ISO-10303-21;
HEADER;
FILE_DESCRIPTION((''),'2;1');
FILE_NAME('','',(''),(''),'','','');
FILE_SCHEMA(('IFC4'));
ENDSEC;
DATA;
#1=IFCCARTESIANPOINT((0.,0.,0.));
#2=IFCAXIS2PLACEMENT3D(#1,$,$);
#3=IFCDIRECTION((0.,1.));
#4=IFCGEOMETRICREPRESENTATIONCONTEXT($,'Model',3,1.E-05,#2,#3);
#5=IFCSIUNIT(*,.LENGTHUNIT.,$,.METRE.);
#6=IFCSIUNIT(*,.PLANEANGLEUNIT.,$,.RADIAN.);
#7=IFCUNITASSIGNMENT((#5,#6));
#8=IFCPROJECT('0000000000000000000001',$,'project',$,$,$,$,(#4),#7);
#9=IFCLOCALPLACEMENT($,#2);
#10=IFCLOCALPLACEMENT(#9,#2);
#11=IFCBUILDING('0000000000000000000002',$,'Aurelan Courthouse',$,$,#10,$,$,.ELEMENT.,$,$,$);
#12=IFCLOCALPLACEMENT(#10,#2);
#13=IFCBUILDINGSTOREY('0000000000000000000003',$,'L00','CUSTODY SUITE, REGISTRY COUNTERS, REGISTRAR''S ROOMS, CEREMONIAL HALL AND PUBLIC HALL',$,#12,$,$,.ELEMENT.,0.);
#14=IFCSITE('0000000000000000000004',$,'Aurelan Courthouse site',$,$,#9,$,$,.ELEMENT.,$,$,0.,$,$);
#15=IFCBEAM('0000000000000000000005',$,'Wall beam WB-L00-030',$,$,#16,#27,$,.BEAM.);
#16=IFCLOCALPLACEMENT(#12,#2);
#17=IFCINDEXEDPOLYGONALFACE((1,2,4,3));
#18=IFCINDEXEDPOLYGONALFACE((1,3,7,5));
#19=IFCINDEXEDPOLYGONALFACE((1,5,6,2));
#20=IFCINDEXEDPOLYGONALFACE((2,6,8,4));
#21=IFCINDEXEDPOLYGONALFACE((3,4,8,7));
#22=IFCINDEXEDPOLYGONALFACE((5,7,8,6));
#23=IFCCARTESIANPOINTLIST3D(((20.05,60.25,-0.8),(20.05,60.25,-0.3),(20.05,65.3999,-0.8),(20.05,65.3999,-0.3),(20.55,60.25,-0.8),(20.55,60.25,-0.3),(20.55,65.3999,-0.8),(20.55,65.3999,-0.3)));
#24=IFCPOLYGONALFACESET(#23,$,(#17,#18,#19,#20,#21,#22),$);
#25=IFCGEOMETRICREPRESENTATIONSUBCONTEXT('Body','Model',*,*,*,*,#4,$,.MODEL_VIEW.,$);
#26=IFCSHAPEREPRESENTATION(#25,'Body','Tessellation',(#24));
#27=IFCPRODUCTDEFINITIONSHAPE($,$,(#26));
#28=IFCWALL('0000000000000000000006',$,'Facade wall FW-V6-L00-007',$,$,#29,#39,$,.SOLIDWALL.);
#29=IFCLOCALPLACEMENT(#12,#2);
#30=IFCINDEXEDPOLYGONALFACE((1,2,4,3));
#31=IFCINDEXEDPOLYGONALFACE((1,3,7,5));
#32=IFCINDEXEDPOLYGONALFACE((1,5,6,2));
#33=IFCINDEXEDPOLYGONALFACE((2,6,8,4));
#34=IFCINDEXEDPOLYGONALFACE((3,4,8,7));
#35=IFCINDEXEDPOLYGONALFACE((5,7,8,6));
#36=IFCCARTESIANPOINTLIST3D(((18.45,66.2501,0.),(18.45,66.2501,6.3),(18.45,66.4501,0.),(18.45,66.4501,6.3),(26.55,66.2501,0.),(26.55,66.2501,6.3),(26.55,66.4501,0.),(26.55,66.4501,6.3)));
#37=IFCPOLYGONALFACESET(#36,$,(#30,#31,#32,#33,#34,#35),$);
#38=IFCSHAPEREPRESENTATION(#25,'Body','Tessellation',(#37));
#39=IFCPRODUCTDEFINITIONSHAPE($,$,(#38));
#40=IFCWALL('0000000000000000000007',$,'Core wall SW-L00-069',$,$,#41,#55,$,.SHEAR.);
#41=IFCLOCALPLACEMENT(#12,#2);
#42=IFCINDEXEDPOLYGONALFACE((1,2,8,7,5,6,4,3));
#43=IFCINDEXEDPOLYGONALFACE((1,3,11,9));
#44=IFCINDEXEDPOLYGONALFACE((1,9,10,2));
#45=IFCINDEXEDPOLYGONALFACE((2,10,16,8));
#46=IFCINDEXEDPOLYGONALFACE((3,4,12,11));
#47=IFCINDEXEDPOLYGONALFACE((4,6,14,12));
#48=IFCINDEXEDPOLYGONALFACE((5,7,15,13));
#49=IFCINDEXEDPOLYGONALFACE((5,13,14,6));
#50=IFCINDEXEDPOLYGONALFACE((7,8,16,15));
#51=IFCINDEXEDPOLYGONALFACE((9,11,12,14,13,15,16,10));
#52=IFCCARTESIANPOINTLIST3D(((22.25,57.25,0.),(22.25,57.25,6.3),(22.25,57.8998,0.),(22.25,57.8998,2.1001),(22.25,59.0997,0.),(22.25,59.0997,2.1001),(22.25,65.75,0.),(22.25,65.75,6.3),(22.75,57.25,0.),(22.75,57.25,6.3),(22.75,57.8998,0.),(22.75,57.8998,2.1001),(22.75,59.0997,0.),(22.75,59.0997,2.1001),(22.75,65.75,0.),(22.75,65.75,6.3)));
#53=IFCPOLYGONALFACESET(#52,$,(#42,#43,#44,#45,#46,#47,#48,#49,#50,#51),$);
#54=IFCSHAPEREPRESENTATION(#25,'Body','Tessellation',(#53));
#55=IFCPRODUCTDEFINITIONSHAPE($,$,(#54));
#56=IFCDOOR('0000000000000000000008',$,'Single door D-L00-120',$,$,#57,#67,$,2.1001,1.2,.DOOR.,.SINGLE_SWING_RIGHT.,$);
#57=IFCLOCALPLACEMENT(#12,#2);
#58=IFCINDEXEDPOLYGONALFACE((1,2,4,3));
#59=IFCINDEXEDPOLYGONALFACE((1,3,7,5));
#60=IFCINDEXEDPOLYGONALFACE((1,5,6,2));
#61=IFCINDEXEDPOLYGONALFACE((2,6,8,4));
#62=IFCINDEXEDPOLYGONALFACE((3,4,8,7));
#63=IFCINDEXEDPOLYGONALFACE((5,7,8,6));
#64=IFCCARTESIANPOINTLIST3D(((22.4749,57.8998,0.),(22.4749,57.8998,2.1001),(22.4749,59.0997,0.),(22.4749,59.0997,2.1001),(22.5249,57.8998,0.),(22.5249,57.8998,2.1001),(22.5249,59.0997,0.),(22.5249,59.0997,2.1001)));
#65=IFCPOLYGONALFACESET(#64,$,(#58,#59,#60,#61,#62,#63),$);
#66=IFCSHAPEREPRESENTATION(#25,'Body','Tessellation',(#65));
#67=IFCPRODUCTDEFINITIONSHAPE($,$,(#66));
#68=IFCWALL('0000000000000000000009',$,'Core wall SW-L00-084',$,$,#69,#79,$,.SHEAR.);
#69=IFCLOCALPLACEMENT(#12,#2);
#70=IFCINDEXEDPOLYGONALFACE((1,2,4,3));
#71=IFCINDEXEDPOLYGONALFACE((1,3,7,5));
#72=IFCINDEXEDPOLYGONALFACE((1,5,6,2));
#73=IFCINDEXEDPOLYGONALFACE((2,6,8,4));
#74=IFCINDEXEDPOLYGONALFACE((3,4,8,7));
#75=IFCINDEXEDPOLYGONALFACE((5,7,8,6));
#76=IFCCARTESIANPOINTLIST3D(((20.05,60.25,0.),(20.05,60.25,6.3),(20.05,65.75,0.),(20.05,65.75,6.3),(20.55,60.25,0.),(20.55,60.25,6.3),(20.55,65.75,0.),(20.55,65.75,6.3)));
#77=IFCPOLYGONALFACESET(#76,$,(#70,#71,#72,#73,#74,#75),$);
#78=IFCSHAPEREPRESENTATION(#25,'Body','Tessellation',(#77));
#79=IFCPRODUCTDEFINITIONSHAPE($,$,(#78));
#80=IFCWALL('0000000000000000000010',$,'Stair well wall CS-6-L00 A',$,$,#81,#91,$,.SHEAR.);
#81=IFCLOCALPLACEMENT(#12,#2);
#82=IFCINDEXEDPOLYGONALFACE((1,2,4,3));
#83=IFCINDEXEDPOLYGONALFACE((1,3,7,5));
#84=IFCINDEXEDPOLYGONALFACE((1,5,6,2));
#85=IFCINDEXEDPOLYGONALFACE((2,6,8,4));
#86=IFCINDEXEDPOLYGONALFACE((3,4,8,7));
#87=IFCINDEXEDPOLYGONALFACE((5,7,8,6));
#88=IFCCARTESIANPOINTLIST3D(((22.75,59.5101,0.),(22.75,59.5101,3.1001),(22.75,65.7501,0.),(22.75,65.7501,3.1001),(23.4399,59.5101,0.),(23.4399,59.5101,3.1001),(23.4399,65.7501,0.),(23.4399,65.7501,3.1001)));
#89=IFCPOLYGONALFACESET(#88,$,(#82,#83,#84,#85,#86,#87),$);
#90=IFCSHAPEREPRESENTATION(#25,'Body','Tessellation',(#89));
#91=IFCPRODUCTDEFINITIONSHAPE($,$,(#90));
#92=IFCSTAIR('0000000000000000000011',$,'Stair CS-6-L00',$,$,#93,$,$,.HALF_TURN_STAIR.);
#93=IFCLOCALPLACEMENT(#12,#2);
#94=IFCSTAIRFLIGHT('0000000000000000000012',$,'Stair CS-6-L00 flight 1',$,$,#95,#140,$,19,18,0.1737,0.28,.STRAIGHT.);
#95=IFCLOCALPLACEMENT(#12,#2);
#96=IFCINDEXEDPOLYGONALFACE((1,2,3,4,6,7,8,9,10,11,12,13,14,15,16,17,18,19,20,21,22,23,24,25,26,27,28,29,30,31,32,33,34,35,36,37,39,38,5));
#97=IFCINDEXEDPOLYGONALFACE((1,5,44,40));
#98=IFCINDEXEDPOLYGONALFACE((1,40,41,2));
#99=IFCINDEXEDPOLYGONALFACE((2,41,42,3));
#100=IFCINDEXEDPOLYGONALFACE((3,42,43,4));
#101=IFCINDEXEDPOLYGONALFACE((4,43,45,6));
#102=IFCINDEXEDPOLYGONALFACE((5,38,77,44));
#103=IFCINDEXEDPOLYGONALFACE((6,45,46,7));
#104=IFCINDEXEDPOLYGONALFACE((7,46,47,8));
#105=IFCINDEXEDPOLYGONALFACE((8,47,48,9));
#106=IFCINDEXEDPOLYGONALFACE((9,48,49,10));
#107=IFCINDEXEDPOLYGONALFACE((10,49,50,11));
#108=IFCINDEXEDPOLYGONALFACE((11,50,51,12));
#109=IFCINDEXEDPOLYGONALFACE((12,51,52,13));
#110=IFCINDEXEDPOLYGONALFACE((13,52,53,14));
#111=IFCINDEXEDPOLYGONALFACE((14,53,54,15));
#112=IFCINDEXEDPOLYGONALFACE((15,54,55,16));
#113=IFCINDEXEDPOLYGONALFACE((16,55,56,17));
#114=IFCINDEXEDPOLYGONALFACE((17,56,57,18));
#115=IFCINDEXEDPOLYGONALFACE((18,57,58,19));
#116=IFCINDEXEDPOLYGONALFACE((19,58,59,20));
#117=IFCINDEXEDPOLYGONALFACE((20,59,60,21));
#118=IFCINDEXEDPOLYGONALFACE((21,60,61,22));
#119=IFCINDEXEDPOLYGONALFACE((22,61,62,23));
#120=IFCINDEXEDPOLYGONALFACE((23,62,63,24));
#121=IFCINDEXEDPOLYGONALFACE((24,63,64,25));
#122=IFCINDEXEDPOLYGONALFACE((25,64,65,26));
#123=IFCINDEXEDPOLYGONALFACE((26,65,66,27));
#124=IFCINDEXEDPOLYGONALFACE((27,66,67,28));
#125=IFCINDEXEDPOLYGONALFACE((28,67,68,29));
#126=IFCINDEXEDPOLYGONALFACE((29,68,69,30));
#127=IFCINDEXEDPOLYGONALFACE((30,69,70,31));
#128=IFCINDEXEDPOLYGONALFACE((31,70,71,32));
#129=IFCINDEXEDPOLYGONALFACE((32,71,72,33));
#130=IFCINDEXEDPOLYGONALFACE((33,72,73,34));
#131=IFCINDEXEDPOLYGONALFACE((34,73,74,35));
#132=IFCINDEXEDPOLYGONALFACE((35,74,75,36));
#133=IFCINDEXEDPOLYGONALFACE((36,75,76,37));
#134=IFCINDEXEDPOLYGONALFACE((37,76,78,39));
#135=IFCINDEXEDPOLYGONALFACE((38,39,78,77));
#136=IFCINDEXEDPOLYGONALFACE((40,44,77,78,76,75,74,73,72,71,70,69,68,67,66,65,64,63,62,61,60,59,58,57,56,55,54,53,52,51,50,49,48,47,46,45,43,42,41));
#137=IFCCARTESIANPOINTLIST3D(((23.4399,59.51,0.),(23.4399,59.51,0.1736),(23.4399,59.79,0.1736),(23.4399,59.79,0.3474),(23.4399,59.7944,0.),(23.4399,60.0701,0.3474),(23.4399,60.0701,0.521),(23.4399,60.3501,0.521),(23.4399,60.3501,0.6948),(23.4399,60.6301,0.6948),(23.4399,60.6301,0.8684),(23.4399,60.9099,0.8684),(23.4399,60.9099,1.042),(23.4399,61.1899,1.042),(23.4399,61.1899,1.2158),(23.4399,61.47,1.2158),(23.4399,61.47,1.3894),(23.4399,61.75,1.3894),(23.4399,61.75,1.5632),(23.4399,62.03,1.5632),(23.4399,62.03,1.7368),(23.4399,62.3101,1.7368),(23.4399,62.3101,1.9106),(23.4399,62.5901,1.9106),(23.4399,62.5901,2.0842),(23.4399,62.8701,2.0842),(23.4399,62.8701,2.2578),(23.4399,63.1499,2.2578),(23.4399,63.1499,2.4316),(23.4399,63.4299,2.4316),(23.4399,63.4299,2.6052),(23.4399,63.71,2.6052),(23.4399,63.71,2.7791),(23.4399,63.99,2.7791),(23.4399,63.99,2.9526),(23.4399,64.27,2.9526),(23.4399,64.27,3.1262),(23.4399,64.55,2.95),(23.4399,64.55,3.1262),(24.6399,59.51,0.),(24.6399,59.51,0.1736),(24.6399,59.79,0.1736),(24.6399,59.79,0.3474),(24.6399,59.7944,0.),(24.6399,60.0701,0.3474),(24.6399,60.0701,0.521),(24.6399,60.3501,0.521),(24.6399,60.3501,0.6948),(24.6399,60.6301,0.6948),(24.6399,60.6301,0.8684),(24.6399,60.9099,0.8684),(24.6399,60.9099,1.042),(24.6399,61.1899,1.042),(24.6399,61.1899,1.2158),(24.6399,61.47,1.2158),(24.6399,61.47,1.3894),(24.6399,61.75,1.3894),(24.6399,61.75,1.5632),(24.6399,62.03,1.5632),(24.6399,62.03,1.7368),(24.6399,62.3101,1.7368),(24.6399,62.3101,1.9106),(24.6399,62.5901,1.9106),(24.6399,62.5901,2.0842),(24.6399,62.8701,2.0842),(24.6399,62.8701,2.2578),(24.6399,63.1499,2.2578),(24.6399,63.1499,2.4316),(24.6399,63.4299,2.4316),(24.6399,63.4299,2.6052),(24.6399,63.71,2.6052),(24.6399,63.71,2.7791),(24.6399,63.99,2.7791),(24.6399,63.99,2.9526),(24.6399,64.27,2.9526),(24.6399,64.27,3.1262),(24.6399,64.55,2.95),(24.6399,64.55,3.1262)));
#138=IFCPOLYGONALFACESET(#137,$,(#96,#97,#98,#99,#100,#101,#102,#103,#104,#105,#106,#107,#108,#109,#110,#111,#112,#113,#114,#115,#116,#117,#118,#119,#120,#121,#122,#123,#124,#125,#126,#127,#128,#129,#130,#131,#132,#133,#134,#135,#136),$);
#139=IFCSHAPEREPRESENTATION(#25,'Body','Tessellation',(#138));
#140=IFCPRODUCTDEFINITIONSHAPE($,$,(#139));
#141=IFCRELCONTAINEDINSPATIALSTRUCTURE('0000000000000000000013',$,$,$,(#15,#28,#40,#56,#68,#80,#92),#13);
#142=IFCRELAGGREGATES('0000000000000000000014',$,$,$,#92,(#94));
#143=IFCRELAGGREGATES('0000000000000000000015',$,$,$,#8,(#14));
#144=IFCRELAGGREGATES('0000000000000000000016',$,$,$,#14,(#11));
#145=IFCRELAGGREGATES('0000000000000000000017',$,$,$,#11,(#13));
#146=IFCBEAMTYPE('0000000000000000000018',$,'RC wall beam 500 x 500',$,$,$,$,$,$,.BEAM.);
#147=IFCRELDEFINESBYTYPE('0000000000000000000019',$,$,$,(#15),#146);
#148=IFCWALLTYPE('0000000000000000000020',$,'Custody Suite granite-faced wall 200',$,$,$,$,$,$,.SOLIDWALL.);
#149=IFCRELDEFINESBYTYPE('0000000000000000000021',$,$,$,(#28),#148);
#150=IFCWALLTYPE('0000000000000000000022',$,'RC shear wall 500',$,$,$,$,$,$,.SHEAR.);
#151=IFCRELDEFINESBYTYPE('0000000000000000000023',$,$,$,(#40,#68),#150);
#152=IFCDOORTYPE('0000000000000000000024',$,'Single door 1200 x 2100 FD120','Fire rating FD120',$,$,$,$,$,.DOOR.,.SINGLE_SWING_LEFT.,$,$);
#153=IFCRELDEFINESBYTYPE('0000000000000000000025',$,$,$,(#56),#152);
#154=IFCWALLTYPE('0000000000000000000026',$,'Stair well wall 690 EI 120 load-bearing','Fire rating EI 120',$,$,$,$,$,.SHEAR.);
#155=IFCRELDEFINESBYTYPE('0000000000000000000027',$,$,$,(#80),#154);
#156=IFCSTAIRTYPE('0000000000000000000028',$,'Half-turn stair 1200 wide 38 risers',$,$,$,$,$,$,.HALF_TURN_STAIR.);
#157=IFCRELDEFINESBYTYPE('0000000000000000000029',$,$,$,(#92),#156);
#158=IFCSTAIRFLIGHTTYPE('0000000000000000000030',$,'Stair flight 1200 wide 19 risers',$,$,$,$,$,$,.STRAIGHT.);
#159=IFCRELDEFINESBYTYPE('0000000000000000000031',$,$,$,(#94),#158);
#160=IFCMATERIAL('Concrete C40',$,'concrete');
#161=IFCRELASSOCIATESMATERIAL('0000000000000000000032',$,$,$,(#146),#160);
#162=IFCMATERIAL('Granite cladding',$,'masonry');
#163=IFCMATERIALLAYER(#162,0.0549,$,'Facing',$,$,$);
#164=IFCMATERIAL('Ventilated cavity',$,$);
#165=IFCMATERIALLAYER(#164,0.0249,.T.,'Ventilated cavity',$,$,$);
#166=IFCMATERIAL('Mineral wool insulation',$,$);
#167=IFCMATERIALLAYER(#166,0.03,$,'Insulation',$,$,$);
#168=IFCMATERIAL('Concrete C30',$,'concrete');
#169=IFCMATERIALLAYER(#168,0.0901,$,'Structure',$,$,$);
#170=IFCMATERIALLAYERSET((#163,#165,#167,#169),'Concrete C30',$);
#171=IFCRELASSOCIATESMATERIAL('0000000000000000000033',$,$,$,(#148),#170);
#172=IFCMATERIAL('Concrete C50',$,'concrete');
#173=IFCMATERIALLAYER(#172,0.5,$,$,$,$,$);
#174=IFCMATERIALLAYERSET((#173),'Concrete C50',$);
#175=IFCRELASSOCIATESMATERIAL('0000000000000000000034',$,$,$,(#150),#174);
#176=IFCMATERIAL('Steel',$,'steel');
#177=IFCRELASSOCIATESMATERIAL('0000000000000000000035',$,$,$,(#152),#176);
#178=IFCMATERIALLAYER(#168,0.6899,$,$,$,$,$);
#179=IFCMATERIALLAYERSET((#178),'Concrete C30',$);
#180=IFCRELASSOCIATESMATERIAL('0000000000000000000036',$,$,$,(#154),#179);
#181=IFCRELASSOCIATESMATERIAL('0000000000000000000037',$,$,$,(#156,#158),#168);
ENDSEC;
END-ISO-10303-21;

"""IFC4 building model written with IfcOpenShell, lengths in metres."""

from ifc_helpers import new_model, si_unit, direction, frame, frame_2d, origin, origin_2d, place, context, subcontext, project, spatial, polyline, rectangle, outline, extrude, material, layer, layer_set, material_profile, profile_set, type_object, element, fill, aggregate, save


model = new_model("IFC4")

# Units and contexts
model_context = context("Model", 3, precision=1e-05, world=origin(), true_north=direction((0.0, 1.0)))
body_context = subcontext(model_context, "Body", "Model", "MODEL_VIEW")
ifc_project = project(units=[si_unit("LENGTHUNIT", "METRE"), si_unit("PLANEANGLEUNIT", "RADIAN")], contexts=[model_context])

# Site, building, storey
site_placement = place(None, origin())
site = spatial("IfcSite", under=ifc_project, at=site_placement, Name="Aurelan Courthouse site", CompositionType="ELEMENT", RefElevation=0.0)
building_placement = place(site_placement, origin())
building = spatial("IfcBuilding", under=site, at=building_placement, Name="Aurelan Courthouse", CompositionType="ELEMENT")
storey_placement = place(building_placement, origin())
storey = spatial("IfcBuildingStorey", under=building, at=storey_placement, Name="L00", Description="CUSTODY SUITE, REGISTRY COUNTERS, REGISTRAR'S ROOMS, CEREMONIAL HALL AND PUBLIC HALL", CompositionType="ELEMENT", Elevation=0.0)

# Beam
ifc_material_1 = material(Name="Concrete C40", Category="concrete")
ifc_material_profile = material_profile(ifc_material_1, rectangle(XDim=0.5, YDim=0.5, at=origin_2d()), Name="RC 500 x 500")
ifc_profile_set = profile_set([ifc_material_profile], Name="Concrete C40")
beam_type = type_object("IfcBeamType", Name="RC wall beam 500 x 500", PredefinedType="BEAM", material=ifc_profile_set)
beam_placement = place(storey_placement, frame((20.3, 60.25, -0.55), z_axis=(0.0, 1.0, 0.0), x_axis=(-1.0, 0.0, 0.0)))
element("IfcBeam", 1, at=beam_placement, inside=storey, type_object=beam_type, Name="Wall beam WB-L00-030", PredefinedType="BEAM", context=body_context, shape_type="SweptSolid", body=[
    extrude(rectangle(XDim=0.5, YDim=0.5, at=origin_2d()), origin(), (0.0, 0.0, 1.0), 5.1499),
])

# Wall
ifc_material_2 = material(Name="Granite cladding", Category="masonry")
ifc_layer_1 = layer(ifc_material_2, 0.0549, Name="Facing")
ifc_material_3 = material(Name="Ventilated cavity")
ifc_layer_2 = layer(ifc_material_3, 0.0249, ventilated=True, Name="Ventilated cavity")
ifc_material_4 = material(Name="Mineral wool insulation")
ifc_layer_3 = layer(ifc_material_4, 0.03, Name="Insulation")
ifc_material_5 = material(Name="Concrete C30", Category="concrete")
ifc_layer_4 = layer(ifc_material_5, 0.0901, Name="Structure")
ifc_layer_set_1 = layer_set([ifc_layer_1, ifc_layer_2, ifc_layer_3, ifc_layer_4], Name="Concrete C30")
wall_type_1 = type_object("IfcWallType", Name="Custody Suite granite-faced wall 200", PredefinedType="SOLIDWALL", material=ifc_layer_set_1)
wall_1_placement = place(storey_placement, frame((18.45, 66.3501, 0.0), z_axis=(0.0, 0.0, 1.0), x_axis=(1.0, 0.0, 0.0)))
element("IfcWall", 2, at=wall_1_placement, inside=storey, type_object=wall_type_1, Name="Facade wall FW-V6-L00-007", PredefinedType="SOLIDWALL", context=body_context, shape_type="SweptSolid", body=[
    extrude(rectangle(XDim=8.1001, YDim=0.2, at=frame_2d((4.05, 0.0))), origin(), (0.0, 0.0, 1.0), 6.3),
])

# Wall, opening, door
ifc_material_6 = material(Name="Concrete C50", Category="concrete")
ifc_layer_5 = layer(ifc_material_6, 0.5)
ifc_layer_set_2 = layer_set([ifc_layer_5], Name="Concrete C50")
wall_type_2 = type_object("IfcWallType", Name="RC shear wall 500", PredefinedType="SHEAR", material=ifc_layer_set_2)
wall_2_placement = place(storey_placement, frame((22.5, 57.25, 0.0), z_axis=(0.0, 0.0, 1.0), x_axis=(0.0, 1.0, 0.0)))
wall_2 = element("IfcWall", 3, at=wall_2_placement, inside=storey, type_object=wall_type_2, Name="Core wall SW-L00-069", PredefinedType="SHEAR", context=body_context, shape_type="SweptSolid", body=[
    extrude(rectangle(XDim=8.5, YDim=0.5, at=frame_2d((4.25, 0.0))), origin(), (0.0, 0.0, 1.0), 6.3),
])
opening_placement = place(wall_2_placement, frame((1.8499, 0.0, 0.0), z_axis=(0.0, 0.0, 1.0), x_axis=(-1.0, 0.0, 0.0)))
opening = element("IfcOpeningElement", 4, at=opening_placement, cuts=wall_2, PredefinedType="OPENING", context=body_context, shape_type="SweptSolid", body=[
    extrude(rectangle(XDim=1.2, YDim=2.1001, at=frame_2d((0.6001, 1.05))), frame((0.0, 0.26, 0.0), z_axis=(0.0, -1.0, 0.0), x_axis=(1.0, 0.0, 0.0)), (0.0, 0.0, 1.0), 0.52),
])
ifc_material_7 = material(Name="Steel", Category="steel")
door_type = type_object("IfcDoorType", Name="Single door 1200 x 2100 FD120", Description="Fire rating FD120", OperationType="SINGLE_SWING_LEFT", PredefinedType="DOOR", material=ifc_material_7)
door_placement = place(opening_placement, origin())
door = element("IfcDoor", 5, at=door_placement, inside=storey, type_object=door_type, Name="Single door D-L00-120", OperationType="SINGLE_SWING_RIGHT", OverallHeight=2.1001, OverallWidth=1.2, PredefinedType="DOOR", context=body_context, shape_type="SweptSolid", body=[
    extrude(rectangle(XDim=1.2, YDim=2.1001, at=frame_2d((0.6001, 1.05))), frame((0.0, 0.0249, 0.0), z_axis=(0.0, -1.0, 0.0), x_axis=(1.0, 0.0, 0.0)), (0.0, 0.0, 1.0), 0.05),
])
fill(opening, door)

# Walls
wall_3_placement = place(storey_placement, frame((20.3, 60.25, 0.0), z_axis=(0.0, 0.0, 1.0), x_axis=(0.0, 1.0, 0.0)))
element("IfcWall", 6, at=wall_3_placement, inside=storey, type_object=wall_type_2, Name="Core wall SW-L00-084", PredefinedType="SHEAR", context=body_context, shape_type="SweptSolid", body=[
    extrude(rectangle(XDim=5.5, YDim=0.5, at=frame_2d((2.75, 0.0))), origin(), (0.0, 0.0, 1.0), 6.3),
])
ifc_layer_6 = layer(ifc_material_5, 0.6899)
ifc_layer_set_3 = layer_set([ifc_layer_6], Name="Concrete C30")
wall_type_3 = type_object("IfcWallType", Name="Stair well wall 690 EI 120 load-bearing", Description="Fire rating EI 120", PredefinedType="SHEAR", material=ifc_layer_set_3)
wall_4_placement = place(storey_placement, frame((23.095, 59.51, 0.0), z_axis=(0.0, 0.0, 1.0), x_axis=(0.0, 1.0, 0.0)))
element("IfcWall", 7, at=wall_4_placement, inside=storey, type_object=wall_type_3, Name="Stair well wall CS-6-L00 A", PredefinedType="SHEAR", context=body_context, shape_type="SweptSolid", body=[
    extrude(rectangle(XDim=6.24, YDim=0.6899, at=frame_2d((3.1201, 0.0))), origin(), (0.0, 0.0, 1.0), 3.1001),
])

# Stair, stair flight
stair_type = type_object("IfcStairType", Name="Half-turn stair 1200 wide 38 risers", PredefinedType="HALF_TURN_STAIR", material=ifc_material_5)
stair_placement = place(storey_placement, origin())
stair = element("IfcStair", 8, at=stair_placement, inside=storey, type_object=stair_type, Name="Stair CS-6-L00", PredefinedType="HALF_TURN_STAIR")
stair_flight_type = type_object("IfcStairFlightType", Name="Stair flight 1200 wide 19 risers", PredefinedType="STRAIGHT", material=ifc_material_5)
stair_flight_1_placement = place(storey_placement, frame((24.04, 59.51, 0.0), z_axis=(0.0, 0.0, 1.0), x_axis=(0.0, 1.0, 0.0)))
stair_flight_1 = element("IfcStairFlight", 9, at=stair_flight_1_placement, type_object=stair_flight_type, Name="Stair CS-6-L00 flight 1", NumberOfRisers=19, NumberOfTreads=18, PredefinedType="STRAIGHT", RiserHeight=0.1737, TreadLength=0.28, context=body_context, shape_type="SweptSolid", body=[
    extrude(outline(polyline([(0.0, 0.0), (0.0, 0.1736), (0.28, 0.1736), (0.28, 0.3474), (0.5601, 0.3474), (0.5601, 0.521), (0.8401, 0.521), (0.8401, 0.6948), (1.1201, 0.6948), (1.1201, 0.8684), (1.3999, 0.8684), (1.3999, 1.042), (1.6799, 1.042), (1.6799, 1.2158), (1.96, 1.2158), (1.96, 1.3894), (2.24, 1.3894), (2.24, 1.5632), (2.52, 1.5632), (2.52, 1.7368), (2.8, 1.7368), (2.8, 1.9106), (3.0801, 1.9106), (3.0801, 2.0842), (3.3601, 2.0842), (3.3601, 2.2578), (3.6399, 2.2578), (3.6399, 2.4316), (3.9199, 2.4316), (3.9199, 2.6052), (4.2, 2.6052), (4.2, 2.7791), (4.48, 2.7791), (4.48, 2.9526), (4.76, 2.9526), (4.76, 3.1262), (5.04, 3.1262), (5.04, 3.3), (5.04, 2.95), (0.2844, 0.0), (0.0, 0.0)])), frame((0.0, 0.6001, 0.0), z_axis=(0.0, -1.0, 0.0), x_axis=(1.0, 0.0, 0.0)), (0.0, 0.0, 1.0), 1.2),
])
aggregate(stair, [stair_flight_1])

save(model, "model.ifc")
